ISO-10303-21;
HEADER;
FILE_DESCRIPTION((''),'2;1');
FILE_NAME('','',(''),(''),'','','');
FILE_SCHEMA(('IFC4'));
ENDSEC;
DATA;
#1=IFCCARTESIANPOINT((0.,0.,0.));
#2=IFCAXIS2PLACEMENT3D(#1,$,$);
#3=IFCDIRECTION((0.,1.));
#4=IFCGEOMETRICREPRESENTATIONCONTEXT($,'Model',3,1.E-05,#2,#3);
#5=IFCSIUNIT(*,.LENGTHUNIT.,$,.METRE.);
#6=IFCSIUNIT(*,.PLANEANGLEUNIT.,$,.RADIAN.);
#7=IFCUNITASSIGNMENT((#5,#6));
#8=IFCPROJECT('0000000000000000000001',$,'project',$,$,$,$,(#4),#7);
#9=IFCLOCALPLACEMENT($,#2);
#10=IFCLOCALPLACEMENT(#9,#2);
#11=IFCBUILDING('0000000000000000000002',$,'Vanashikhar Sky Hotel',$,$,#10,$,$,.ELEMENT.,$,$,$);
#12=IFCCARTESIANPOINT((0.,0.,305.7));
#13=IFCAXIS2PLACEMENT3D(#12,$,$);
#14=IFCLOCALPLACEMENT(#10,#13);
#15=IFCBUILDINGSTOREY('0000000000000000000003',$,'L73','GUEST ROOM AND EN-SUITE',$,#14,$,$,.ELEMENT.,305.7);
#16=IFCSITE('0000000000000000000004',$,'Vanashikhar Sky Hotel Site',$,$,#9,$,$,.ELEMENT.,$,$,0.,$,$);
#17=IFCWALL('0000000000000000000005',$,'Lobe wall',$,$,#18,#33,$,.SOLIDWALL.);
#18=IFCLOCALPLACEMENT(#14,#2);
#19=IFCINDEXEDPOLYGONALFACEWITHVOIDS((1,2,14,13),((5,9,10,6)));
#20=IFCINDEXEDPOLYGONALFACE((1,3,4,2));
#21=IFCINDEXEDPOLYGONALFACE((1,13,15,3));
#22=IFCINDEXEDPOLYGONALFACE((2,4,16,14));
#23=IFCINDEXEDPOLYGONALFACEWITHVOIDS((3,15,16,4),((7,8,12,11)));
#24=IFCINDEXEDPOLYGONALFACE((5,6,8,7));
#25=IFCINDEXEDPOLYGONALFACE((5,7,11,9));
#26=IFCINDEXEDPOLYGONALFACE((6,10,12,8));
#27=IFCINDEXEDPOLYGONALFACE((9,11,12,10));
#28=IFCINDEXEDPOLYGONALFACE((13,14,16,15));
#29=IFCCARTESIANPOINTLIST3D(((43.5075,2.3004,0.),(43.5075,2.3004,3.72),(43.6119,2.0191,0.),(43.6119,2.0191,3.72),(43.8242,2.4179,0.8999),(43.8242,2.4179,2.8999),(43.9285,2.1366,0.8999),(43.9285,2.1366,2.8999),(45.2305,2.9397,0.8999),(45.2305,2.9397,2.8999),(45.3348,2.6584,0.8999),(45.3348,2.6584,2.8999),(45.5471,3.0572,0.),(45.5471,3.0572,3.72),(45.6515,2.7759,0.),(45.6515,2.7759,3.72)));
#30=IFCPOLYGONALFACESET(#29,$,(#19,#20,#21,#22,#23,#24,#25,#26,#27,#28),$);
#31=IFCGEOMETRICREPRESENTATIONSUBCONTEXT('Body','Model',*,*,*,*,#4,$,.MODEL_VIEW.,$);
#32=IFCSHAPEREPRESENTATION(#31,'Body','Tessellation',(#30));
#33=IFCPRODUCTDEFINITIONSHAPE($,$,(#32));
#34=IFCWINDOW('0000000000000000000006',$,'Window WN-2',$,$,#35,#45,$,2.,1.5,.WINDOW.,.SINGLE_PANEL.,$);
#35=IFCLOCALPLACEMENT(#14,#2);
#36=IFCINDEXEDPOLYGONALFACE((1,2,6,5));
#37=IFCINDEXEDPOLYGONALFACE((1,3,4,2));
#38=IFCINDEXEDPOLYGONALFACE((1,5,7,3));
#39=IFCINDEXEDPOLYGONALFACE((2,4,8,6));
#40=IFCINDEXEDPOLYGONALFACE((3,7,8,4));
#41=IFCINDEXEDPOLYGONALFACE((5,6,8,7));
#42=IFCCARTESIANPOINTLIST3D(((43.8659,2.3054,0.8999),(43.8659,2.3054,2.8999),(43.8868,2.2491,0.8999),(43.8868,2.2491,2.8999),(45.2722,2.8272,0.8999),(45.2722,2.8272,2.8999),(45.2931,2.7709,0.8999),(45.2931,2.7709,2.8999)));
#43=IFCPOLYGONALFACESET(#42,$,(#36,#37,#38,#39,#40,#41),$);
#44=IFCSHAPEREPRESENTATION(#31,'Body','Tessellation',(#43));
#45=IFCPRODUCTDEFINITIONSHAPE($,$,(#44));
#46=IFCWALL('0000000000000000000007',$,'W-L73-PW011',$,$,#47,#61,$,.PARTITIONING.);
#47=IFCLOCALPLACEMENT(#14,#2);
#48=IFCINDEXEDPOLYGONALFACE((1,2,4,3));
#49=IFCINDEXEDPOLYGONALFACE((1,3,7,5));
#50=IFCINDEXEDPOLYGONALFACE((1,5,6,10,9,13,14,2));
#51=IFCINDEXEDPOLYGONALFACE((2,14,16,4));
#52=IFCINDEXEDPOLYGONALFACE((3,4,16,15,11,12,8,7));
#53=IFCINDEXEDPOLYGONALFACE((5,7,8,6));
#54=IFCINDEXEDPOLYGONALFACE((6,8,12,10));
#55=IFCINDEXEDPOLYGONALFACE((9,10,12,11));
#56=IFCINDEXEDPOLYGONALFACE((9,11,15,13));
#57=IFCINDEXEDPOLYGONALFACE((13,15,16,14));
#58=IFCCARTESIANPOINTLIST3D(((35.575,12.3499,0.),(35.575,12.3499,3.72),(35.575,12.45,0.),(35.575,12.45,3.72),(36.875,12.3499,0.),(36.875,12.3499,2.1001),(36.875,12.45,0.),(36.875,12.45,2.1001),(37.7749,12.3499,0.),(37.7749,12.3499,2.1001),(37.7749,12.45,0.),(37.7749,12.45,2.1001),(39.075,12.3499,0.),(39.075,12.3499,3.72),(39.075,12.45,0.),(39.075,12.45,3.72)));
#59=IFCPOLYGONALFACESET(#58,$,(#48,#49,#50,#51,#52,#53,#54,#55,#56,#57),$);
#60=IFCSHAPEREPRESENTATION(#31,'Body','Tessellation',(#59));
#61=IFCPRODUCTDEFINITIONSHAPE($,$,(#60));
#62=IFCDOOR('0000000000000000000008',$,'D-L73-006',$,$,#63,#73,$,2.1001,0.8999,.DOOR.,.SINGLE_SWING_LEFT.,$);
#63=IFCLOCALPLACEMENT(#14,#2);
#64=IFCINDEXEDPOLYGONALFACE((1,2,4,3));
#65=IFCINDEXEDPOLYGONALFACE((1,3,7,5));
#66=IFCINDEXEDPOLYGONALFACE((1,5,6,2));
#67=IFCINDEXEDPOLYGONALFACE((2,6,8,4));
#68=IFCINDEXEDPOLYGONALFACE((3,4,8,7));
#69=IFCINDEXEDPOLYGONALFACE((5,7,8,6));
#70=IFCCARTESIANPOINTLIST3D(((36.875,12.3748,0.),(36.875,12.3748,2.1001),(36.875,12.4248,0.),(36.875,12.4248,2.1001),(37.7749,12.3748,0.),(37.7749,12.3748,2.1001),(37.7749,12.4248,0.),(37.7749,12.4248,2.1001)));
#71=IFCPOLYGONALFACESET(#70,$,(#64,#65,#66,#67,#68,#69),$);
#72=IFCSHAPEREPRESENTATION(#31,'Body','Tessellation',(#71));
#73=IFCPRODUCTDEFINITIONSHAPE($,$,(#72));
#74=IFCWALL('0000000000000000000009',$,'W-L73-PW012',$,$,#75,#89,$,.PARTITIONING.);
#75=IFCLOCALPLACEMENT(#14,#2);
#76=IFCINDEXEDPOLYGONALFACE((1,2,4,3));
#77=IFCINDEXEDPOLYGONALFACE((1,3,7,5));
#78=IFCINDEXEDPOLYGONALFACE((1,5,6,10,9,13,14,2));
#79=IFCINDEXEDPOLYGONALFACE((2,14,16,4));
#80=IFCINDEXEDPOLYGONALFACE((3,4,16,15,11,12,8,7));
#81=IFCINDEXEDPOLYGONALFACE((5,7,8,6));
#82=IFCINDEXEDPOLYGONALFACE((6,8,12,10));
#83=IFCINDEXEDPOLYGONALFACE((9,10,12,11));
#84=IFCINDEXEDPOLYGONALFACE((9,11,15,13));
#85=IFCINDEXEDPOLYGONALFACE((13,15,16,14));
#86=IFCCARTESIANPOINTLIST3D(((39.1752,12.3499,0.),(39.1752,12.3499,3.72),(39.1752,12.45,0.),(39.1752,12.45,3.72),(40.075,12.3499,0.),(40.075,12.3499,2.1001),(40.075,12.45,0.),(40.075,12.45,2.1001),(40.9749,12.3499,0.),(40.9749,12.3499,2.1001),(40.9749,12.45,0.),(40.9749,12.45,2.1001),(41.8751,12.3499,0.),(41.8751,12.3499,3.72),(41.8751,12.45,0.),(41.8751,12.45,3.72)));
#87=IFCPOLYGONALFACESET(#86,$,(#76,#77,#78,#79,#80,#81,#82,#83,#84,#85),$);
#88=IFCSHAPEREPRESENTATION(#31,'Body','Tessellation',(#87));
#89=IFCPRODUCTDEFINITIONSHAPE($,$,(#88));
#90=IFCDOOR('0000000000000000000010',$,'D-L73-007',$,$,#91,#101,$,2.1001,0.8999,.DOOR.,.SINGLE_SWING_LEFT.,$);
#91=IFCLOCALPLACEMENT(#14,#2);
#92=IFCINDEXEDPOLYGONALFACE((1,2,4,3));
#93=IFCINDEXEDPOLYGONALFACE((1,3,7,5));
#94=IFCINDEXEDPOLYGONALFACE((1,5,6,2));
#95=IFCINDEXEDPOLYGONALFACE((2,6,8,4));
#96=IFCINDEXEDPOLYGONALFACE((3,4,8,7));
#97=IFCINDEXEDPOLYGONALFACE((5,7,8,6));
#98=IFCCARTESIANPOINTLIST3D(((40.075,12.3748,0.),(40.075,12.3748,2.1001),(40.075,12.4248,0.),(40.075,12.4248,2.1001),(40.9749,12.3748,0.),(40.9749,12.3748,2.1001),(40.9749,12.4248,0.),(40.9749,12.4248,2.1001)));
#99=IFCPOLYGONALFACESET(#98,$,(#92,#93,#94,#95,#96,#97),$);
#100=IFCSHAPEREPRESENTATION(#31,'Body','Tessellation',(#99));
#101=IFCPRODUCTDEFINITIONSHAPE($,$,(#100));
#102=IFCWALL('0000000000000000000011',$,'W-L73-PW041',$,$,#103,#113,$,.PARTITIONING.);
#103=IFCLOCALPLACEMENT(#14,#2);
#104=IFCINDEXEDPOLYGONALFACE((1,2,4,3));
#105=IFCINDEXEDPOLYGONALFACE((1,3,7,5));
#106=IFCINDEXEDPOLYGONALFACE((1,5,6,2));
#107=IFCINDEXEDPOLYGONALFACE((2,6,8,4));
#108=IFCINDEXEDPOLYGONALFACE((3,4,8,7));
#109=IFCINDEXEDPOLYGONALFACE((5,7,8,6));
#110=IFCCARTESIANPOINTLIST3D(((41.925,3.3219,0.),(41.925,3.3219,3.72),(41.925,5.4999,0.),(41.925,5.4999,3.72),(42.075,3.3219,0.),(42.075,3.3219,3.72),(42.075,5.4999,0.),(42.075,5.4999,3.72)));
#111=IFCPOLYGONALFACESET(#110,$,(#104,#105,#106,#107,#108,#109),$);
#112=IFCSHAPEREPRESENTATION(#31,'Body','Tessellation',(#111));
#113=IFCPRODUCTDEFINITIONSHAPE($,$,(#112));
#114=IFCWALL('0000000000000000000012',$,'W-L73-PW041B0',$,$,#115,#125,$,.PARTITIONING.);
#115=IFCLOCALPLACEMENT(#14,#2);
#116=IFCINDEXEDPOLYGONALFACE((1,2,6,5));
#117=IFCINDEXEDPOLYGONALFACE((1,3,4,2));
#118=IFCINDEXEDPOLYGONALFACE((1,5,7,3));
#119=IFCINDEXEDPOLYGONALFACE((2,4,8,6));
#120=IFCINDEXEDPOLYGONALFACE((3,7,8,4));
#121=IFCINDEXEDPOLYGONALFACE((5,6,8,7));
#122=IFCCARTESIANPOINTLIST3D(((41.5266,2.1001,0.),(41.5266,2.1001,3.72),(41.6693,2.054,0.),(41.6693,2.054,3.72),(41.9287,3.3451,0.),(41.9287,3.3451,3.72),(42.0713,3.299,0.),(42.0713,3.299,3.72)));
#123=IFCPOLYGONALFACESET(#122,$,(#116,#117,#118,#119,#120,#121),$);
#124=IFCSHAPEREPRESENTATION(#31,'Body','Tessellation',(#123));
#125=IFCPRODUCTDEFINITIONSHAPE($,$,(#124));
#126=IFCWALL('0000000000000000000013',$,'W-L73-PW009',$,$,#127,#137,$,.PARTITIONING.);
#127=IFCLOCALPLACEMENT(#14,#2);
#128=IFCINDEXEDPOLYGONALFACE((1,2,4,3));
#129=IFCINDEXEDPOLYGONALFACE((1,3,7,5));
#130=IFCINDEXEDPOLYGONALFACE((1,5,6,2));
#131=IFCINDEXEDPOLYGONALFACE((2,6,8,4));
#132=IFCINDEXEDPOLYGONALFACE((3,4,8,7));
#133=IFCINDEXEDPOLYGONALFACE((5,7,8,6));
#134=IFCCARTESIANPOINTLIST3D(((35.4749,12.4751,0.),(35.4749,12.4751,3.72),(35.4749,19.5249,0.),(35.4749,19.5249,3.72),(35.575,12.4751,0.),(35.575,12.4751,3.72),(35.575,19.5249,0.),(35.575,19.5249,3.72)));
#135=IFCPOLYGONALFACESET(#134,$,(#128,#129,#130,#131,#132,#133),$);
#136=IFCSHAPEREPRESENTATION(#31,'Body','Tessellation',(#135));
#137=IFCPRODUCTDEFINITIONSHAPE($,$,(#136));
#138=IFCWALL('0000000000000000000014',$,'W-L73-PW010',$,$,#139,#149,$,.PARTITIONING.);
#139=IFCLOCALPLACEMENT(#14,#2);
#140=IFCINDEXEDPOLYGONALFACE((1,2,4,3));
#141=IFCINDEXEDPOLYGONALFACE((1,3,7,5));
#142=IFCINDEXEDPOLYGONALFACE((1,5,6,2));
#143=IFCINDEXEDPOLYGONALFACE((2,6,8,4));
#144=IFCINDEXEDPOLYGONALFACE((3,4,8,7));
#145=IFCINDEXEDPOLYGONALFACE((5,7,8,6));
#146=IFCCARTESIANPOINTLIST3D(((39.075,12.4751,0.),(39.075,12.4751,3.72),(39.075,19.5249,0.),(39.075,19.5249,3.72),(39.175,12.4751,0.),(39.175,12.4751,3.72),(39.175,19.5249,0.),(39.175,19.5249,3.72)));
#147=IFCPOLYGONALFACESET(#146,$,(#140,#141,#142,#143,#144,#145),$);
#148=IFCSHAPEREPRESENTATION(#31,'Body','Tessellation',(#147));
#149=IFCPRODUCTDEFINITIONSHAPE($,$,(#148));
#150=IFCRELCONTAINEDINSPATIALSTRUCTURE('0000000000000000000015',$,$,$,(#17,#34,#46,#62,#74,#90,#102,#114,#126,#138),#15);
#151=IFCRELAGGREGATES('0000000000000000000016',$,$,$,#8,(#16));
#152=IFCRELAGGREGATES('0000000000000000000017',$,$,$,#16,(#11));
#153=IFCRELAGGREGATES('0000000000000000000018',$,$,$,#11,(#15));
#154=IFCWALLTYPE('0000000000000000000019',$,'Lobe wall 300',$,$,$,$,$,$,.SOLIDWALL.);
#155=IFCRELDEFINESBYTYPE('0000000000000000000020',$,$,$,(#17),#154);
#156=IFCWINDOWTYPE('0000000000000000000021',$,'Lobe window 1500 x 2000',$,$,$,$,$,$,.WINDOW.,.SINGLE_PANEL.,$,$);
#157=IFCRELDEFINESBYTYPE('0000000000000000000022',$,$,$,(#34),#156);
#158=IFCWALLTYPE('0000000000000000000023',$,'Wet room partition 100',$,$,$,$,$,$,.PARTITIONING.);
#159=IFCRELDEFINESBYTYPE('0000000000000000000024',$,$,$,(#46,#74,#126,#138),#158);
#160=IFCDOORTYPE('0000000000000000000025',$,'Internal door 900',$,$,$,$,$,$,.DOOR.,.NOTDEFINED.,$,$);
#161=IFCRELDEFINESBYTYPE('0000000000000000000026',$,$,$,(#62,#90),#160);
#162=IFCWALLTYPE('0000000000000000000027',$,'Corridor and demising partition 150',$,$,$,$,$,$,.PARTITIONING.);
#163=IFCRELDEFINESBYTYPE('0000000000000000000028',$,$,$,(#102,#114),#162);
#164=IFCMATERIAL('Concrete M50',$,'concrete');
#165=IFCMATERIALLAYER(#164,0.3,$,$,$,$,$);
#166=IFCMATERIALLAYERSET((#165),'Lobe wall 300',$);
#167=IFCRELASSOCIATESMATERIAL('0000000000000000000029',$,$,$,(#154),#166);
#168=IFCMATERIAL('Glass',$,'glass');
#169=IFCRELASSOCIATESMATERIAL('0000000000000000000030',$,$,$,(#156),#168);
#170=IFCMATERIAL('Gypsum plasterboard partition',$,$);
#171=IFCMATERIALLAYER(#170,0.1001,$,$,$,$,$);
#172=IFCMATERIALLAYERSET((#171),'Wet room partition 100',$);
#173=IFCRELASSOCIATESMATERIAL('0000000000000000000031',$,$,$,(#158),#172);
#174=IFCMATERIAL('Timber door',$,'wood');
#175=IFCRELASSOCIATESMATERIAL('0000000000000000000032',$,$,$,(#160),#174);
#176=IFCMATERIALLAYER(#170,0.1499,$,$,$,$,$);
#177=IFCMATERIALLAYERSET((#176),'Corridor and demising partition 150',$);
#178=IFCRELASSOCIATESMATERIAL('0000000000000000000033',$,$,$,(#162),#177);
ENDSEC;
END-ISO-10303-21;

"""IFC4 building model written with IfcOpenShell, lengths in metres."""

from ifc_helpers import new_model, si_unit, direction, frame, frame_2d, origin, place, context, subcontext, project, spatial, rectangle, extrude, source, transform, mapped, material, layer, layer_set, type_object, element, fill, save


model = new_model("IFC4")

# Units and contexts
model_context = context("Model", 3, precision=1e-05, world=origin(), true_north=direction((0.0, 1.0)))
body_context = subcontext(model_context, "Body", "Model", "MODEL_VIEW")
ifc_project = project(units=[si_unit("LENGTHUNIT", "METRE"), si_unit("PLANEANGLEUNIT", "RADIAN")], contexts=[model_context])

# Site, building, storey
site_placement = place(None, origin())
site = spatial("IfcSite", under=ifc_project, at=site_placement, Name="Vanashikhar Sky Hotel Site", CompositionType="ELEMENT", RefElevation=0.0)
building_placement = place(site_placement, origin())
building = spatial("IfcBuilding", under=site, at=building_placement, Name="Vanashikhar Sky Hotel", CompositionType="ELEMENT")
storey_placement = place(building_placement, frame((0.0, 0.0, 305.7)))
storey = spatial("IfcBuildingStorey", under=building, at=storey_placement, Name="L73", Description="GUEST ROOM AND EN-SUITE", CompositionType="ELEMENT", Elevation=305.7)

# Shared definitions
ifc_material_1 = material(Name="Concrete M50", Category="concrete")

# Wall, opening, window
ifc_layer_1 = layer(ifc_material_1, 0.3)
ifc_layer_set_1 = layer_set([ifc_layer_1], Name="Lobe wall 300")
wall_type_1 = type_object("IfcWallType", Name="Lobe wall 300", PredefinedType="SOLIDWALL", material=ifc_layer_set_1)
shared_shape_1 = source(origin(), body_context, "Body", "SweptSolid", [
    extrude(rectangle(XDim=1.5, YDim=2.0, at=frame_2d((0.75, 1.0))), frame((0.0, 0.1602, 0.0), z_axis=(0.0, -1.0, 0.0), x_axis=(1.0, 0.0, 0.0)), (0.0, 0.0, 1.0), 0.3201),
])
ifc_material_2 = material(Name="Glass", Category="glass")
window_type = type_object("IfcWindowType", Name="Lobe window 1500 x 2000", PartitioningType="SINGLE_PANEL", PredefinedType="WINDOW", material=ifc_material_2)
shared_shape_2 = source(origin(), body_context, "Body", "SweptSolid", [
    extrude(rectangle(XDim=1.5, YDim=2.0, at=frame_2d((0.75, 1.0))), frame((0.0, 0.03, 0.0), z_axis=(0.0, -1.0, 0.0), x_axis=(1.0, 0.0, 0.0)), (0.0, 0.0, 1.0), 0.0601),
])
shared_shape_3 = source(origin(), body_context, "Body", "SweptSolid", [
    extrude(rectangle(XDim=2.1755, YDim=0.3, at=frame_2d((1.0879, 0.0))), origin(), (0.0, 0.0, 1.0), 3.72),
])
wall_1_placement = place(storey_placement, frame((43.5596, 2.1597, 0.0), z_axis=(0.0, 0.0, 1.0), x_axis=(0.937532, 0.347899, 0.0)))
wall_1 = element("IfcWall", 1, at=wall_1_placement, inside=storey, type_object=wall_type_1, Name="Lobe wall", PredefinedType="SOLIDWALL", context=body_context, shape_type="MappedRepresentation", body=[
    mapped(shared_shape_3, transform((0.0, 0.0, 0.0), scale=1.0)),
])
opening_1_placement = place(wall_1_placement, frame((0.3379, 0.0, 0.8999)))
opening_1 = element("IfcOpeningElement", 2, at=opening_1_placement, cuts=wall_1, PredefinedType="OPENING", context=body_context, shape_type="MappedRepresentation", body=[
    mapped(shared_shape_1, transform((0.0, 0.0, 0.0), scale=1.0)),
])
window_1_placement = place(opening_1_placement, origin())
window_1 = element("IfcWindow", 3, at=window_1_placement, inside=storey, type_object=window_type, Name="Window WN-2", OverallHeight=2.0, OverallWidth=1.5, PartitioningType="SINGLE_PANEL", PredefinedType="WINDOW", context=body_context, shape_type="MappedRepresentation", body=[
    mapped(shared_shape_2, transform((0.0, 0.0, 0.0), scale=1.0)),
])
fill(opening_1, window_1)

# Walls, openings, doors
ifc_material_3 = material(Name="Gypsum plasterboard partition")
ifc_layer_2 = layer(ifc_material_3, 0.1001)
ifc_layer_set_2 = layer_set([ifc_layer_2], Name="Wet room partition 100")
wall_type_2 = type_object("IfcWallType", Name="Wet room partition 100", PredefinedType="PARTITIONING", material=ifc_layer_set_2)
shared_shape_4 = source(origin(), body_context, "Body", "SweptSolid", [
    extrude(rectangle(XDim=3.5, YDim=0.1001, at=frame_2d((1.75, 0.0))), origin(), (0.0, 0.0, 1.0), 3.72),
])
wall_2_placement = place(storey_placement, frame((35.575, 12.3999, 0.0), z_axis=(0.0, 0.0, 1.0), x_axis=(1.0, 0.0, 0.0)))
wall_2 = element("IfcWall", 4, at=wall_2_placement, inside=storey, type_object=wall_type_2, Name="W-L73-PW011", PredefinedType="PARTITIONING", context=body_context, shape_type="MappedRepresentation", body=[
    mapped(shared_shape_4, transform((0.0, 0.0, 0.0), scale=1.0)),
])
shared_shape_5 = source(origin(), body_context, "Body", "SweptSolid", [
    extrude(rectangle(XDim=0.8999, YDim=2.1001, at=frame_2d((0.45, 1.05))), frame((0.0, 0.0601, 0.0), z_axis=(0.0, -1.0, 0.0), x_axis=(1.0, 0.0, 0.0)), (0.0, 0.0, 1.0), 0.1201),
])
opening_2_placement = place(wall_2_placement, frame((1.3, 0.0, 0.0)))
opening_2 = element("IfcOpeningElement", 5, at=opening_2_placement, cuts=wall_2, PredefinedType="OPENING", context=body_context, shape_type="MappedRepresentation", body=[
    mapped(shared_shape_5, transform((0.0, 0.0, 0.0), scale=1.0)),
])
ifc_material_4 = material(Name="Timber door", Category="wood")
door_type = type_object("IfcDoorType", Name="Internal door 900", OperationType="NOTDEFINED", PredefinedType="DOOR", material=ifc_material_4)
shared_shape_6 = source(origin(), body_context, "Body", "SweptSolid", [
    extrude(rectangle(XDim=0.8999, YDim=2.1001, at=frame_2d((0.45, 1.05))), frame((0.0, 0.0249, 0.0), z_axis=(0.0, -1.0, 0.0), x_axis=(1.0, 0.0, 0.0)), (0.0, 0.0, 1.0), 0.05),
])
door_1_placement = place(opening_2_placement, origin())
door_1 = element("IfcDoor", 6, at=door_1_placement, inside=storey, type_object=door_type, Name="D-L73-006", OperationType="SINGLE_SWING_LEFT", OverallHeight=2.1001, OverallWidth=0.8999, PredefinedType="DOOR", context=body_context, shape_type="MappedRepresentation", body=[
    mapped(shared_shape_6, transform((0.0, 0.0, 0.0), scale=1.0)),
])
fill(opening_2, door_1)
shared_shape_7 = source(origin(), body_context, "Body", "SweptSolid", [
    extrude(rectangle(XDim=2.7, YDim=0.1001, at=frame_2d((1.3501, 0.0))), origin(), (0.0, 0.0, 1.0), 3.72),
])
wall_3_placement = place(storey_placement, frame((39.175, 12.3999, 0.0), z_axis=(0.0, 0.0, 1.0), x_axis=(1.0, 0.0, 0.0)))
wall_3 = element("IfcWall", 7, at=wall_3_placement, inside=storey, type_object=wall_type_2, Name="W-L73-PW012", PredefinedType="PARTITIONING", context=body_context, shape_type="MappedRepresentation", body=[
    mapped(shared_shape_7, transform((0.0, 0.0, 0.0), scale=1.0)),
])
opening_3_placement = place(wall_3_placement, frame((0.8999, 0.0, 0.0)))
opening_3 = element("IfcOpeningElement", 8, at=opening_3_placement, cuts=wall_3, PredefinedType="OPENING", context=body_context, shape_type="MappedRepresentation", body=[
    mapped(shared_shape_5, transform((0.0, 0.0, 0.0), scale=1.0)),
])
door_2_placement = place(opening_3_placement, origin())
door_2 = element("IfcDoor", 9, at=door_2_placement, inside=storey, type_object=door_type, Name="D-L73-007", OperationType="SINGLE_SWING_LEFT", OverallHeight=2.1001, OverallWidth=0.8999, PredefinedType="DOOR", context=body_context, shape_type="MappedRepresentation", body=[
    mapped(shared_shape_6, transform((0.0, 0.0, 0.0), scale=1.0)),
])
fill(opening_3, door_2)

# Walls
ifc_layer_3 = layer(ifc_material_3, 0.1499)
ifc_layer_set_3 = layer_set([ifc_layer_3], Name="Corridor and demising partition 150")
wall_type_3 = type_object("IfcWallType", Name="Corridor and demising partition 150", PredefinedType="PARTITIONING", material=ifc_layer_set_3)
shared_shape_8 = source(origin(), body_context, "Body", "SweptSolid", [
    extrude(rectangle(XDim=2.178, YDim=0.1499, at=frame_2d((1.0889, 0.0))), origin(), (0.0, 0.0, 1.0), 3.72),
])
wall_4_placement = place(storey_placement, frame((42.0, 3.322, 0.0), z_axis=(0.0, 0.0, 1.0), x_axis=(0.0, 1.0, 0.0)))
element("IfcWall", 10, at=wall_4_placement, inside=storey, type_object=wall_type_3, Name="W-L73-PW041", PredefinedType="PARTITIONING", context=body_context, shape_type="MappedRepresentation", body=[
    mapped(shared_shape_8, transform((0.0, 0.0, 0.0), scale=1.0)),
])
shared_shape_9 = source(origin(), body_context, "Body", "SweptSolid", [
    extrude(rectangle(XDim=1.3083, YDim=0.1499, at=frame_2d((0.6543, 0.0))), origin(), (0.0, 0.0, 1.0), 3.72),
])
wall_5_placement = place(storey_placement, frame((41.5979, 2.0769, 0.0), z_axis=(0.0, 0.0, 1.0), x_axis=(0.307314, 0.951608, 0.0)))
element("IfcWall", 11, at=wall_5_placement, inside=storey, type_object=wall_type_3, Name="W-L73-PW041B0", PredefinedType="PARTITIONING", context=body_context, shape_type="MappedRepresentation", body=[
    mapped(shared_shape_9, transform((0.0, 0.0, 0.0), scale=1.0)),
])
shared_shape_10 = source(origin(), body_context, "Body", "SweptSolid", [
    extrude(rectangle(XDim=7.0498, YDim=0.1001, at=frame_2d((3.5249, 0.0))), origin(), (0.0, 0.0, 1.0), 3.72),
])
for number, where, z_axis, x_axis, name in (
    (12, (35.5249, 12.4751, 0.0), (0.0, 0.0, 1.0), (0.0, 1.0, 0.0), "W-L73-PW009"),
    (13, (39.125, 12.4751, 0.0), (0.0, 0.0, 1.0), (0.0, 1.0, 0.0), "W-L73-PW010"),
):
    element("IfcWall", number, at=place(storey_placement, frame(where, z_axis=z_axis, x_axis=x_axis)), inside=storey, type_object=wall_type_2, Name=name, PredefinedType="PARTITIONING", context=body_context, shape_type="MappedRepresentation", body=[
        mapped(shared_shape_10, transform((0.0, 0.0, 0.0), scale=1.0)),
    ])

save(model, "model.ifc")
